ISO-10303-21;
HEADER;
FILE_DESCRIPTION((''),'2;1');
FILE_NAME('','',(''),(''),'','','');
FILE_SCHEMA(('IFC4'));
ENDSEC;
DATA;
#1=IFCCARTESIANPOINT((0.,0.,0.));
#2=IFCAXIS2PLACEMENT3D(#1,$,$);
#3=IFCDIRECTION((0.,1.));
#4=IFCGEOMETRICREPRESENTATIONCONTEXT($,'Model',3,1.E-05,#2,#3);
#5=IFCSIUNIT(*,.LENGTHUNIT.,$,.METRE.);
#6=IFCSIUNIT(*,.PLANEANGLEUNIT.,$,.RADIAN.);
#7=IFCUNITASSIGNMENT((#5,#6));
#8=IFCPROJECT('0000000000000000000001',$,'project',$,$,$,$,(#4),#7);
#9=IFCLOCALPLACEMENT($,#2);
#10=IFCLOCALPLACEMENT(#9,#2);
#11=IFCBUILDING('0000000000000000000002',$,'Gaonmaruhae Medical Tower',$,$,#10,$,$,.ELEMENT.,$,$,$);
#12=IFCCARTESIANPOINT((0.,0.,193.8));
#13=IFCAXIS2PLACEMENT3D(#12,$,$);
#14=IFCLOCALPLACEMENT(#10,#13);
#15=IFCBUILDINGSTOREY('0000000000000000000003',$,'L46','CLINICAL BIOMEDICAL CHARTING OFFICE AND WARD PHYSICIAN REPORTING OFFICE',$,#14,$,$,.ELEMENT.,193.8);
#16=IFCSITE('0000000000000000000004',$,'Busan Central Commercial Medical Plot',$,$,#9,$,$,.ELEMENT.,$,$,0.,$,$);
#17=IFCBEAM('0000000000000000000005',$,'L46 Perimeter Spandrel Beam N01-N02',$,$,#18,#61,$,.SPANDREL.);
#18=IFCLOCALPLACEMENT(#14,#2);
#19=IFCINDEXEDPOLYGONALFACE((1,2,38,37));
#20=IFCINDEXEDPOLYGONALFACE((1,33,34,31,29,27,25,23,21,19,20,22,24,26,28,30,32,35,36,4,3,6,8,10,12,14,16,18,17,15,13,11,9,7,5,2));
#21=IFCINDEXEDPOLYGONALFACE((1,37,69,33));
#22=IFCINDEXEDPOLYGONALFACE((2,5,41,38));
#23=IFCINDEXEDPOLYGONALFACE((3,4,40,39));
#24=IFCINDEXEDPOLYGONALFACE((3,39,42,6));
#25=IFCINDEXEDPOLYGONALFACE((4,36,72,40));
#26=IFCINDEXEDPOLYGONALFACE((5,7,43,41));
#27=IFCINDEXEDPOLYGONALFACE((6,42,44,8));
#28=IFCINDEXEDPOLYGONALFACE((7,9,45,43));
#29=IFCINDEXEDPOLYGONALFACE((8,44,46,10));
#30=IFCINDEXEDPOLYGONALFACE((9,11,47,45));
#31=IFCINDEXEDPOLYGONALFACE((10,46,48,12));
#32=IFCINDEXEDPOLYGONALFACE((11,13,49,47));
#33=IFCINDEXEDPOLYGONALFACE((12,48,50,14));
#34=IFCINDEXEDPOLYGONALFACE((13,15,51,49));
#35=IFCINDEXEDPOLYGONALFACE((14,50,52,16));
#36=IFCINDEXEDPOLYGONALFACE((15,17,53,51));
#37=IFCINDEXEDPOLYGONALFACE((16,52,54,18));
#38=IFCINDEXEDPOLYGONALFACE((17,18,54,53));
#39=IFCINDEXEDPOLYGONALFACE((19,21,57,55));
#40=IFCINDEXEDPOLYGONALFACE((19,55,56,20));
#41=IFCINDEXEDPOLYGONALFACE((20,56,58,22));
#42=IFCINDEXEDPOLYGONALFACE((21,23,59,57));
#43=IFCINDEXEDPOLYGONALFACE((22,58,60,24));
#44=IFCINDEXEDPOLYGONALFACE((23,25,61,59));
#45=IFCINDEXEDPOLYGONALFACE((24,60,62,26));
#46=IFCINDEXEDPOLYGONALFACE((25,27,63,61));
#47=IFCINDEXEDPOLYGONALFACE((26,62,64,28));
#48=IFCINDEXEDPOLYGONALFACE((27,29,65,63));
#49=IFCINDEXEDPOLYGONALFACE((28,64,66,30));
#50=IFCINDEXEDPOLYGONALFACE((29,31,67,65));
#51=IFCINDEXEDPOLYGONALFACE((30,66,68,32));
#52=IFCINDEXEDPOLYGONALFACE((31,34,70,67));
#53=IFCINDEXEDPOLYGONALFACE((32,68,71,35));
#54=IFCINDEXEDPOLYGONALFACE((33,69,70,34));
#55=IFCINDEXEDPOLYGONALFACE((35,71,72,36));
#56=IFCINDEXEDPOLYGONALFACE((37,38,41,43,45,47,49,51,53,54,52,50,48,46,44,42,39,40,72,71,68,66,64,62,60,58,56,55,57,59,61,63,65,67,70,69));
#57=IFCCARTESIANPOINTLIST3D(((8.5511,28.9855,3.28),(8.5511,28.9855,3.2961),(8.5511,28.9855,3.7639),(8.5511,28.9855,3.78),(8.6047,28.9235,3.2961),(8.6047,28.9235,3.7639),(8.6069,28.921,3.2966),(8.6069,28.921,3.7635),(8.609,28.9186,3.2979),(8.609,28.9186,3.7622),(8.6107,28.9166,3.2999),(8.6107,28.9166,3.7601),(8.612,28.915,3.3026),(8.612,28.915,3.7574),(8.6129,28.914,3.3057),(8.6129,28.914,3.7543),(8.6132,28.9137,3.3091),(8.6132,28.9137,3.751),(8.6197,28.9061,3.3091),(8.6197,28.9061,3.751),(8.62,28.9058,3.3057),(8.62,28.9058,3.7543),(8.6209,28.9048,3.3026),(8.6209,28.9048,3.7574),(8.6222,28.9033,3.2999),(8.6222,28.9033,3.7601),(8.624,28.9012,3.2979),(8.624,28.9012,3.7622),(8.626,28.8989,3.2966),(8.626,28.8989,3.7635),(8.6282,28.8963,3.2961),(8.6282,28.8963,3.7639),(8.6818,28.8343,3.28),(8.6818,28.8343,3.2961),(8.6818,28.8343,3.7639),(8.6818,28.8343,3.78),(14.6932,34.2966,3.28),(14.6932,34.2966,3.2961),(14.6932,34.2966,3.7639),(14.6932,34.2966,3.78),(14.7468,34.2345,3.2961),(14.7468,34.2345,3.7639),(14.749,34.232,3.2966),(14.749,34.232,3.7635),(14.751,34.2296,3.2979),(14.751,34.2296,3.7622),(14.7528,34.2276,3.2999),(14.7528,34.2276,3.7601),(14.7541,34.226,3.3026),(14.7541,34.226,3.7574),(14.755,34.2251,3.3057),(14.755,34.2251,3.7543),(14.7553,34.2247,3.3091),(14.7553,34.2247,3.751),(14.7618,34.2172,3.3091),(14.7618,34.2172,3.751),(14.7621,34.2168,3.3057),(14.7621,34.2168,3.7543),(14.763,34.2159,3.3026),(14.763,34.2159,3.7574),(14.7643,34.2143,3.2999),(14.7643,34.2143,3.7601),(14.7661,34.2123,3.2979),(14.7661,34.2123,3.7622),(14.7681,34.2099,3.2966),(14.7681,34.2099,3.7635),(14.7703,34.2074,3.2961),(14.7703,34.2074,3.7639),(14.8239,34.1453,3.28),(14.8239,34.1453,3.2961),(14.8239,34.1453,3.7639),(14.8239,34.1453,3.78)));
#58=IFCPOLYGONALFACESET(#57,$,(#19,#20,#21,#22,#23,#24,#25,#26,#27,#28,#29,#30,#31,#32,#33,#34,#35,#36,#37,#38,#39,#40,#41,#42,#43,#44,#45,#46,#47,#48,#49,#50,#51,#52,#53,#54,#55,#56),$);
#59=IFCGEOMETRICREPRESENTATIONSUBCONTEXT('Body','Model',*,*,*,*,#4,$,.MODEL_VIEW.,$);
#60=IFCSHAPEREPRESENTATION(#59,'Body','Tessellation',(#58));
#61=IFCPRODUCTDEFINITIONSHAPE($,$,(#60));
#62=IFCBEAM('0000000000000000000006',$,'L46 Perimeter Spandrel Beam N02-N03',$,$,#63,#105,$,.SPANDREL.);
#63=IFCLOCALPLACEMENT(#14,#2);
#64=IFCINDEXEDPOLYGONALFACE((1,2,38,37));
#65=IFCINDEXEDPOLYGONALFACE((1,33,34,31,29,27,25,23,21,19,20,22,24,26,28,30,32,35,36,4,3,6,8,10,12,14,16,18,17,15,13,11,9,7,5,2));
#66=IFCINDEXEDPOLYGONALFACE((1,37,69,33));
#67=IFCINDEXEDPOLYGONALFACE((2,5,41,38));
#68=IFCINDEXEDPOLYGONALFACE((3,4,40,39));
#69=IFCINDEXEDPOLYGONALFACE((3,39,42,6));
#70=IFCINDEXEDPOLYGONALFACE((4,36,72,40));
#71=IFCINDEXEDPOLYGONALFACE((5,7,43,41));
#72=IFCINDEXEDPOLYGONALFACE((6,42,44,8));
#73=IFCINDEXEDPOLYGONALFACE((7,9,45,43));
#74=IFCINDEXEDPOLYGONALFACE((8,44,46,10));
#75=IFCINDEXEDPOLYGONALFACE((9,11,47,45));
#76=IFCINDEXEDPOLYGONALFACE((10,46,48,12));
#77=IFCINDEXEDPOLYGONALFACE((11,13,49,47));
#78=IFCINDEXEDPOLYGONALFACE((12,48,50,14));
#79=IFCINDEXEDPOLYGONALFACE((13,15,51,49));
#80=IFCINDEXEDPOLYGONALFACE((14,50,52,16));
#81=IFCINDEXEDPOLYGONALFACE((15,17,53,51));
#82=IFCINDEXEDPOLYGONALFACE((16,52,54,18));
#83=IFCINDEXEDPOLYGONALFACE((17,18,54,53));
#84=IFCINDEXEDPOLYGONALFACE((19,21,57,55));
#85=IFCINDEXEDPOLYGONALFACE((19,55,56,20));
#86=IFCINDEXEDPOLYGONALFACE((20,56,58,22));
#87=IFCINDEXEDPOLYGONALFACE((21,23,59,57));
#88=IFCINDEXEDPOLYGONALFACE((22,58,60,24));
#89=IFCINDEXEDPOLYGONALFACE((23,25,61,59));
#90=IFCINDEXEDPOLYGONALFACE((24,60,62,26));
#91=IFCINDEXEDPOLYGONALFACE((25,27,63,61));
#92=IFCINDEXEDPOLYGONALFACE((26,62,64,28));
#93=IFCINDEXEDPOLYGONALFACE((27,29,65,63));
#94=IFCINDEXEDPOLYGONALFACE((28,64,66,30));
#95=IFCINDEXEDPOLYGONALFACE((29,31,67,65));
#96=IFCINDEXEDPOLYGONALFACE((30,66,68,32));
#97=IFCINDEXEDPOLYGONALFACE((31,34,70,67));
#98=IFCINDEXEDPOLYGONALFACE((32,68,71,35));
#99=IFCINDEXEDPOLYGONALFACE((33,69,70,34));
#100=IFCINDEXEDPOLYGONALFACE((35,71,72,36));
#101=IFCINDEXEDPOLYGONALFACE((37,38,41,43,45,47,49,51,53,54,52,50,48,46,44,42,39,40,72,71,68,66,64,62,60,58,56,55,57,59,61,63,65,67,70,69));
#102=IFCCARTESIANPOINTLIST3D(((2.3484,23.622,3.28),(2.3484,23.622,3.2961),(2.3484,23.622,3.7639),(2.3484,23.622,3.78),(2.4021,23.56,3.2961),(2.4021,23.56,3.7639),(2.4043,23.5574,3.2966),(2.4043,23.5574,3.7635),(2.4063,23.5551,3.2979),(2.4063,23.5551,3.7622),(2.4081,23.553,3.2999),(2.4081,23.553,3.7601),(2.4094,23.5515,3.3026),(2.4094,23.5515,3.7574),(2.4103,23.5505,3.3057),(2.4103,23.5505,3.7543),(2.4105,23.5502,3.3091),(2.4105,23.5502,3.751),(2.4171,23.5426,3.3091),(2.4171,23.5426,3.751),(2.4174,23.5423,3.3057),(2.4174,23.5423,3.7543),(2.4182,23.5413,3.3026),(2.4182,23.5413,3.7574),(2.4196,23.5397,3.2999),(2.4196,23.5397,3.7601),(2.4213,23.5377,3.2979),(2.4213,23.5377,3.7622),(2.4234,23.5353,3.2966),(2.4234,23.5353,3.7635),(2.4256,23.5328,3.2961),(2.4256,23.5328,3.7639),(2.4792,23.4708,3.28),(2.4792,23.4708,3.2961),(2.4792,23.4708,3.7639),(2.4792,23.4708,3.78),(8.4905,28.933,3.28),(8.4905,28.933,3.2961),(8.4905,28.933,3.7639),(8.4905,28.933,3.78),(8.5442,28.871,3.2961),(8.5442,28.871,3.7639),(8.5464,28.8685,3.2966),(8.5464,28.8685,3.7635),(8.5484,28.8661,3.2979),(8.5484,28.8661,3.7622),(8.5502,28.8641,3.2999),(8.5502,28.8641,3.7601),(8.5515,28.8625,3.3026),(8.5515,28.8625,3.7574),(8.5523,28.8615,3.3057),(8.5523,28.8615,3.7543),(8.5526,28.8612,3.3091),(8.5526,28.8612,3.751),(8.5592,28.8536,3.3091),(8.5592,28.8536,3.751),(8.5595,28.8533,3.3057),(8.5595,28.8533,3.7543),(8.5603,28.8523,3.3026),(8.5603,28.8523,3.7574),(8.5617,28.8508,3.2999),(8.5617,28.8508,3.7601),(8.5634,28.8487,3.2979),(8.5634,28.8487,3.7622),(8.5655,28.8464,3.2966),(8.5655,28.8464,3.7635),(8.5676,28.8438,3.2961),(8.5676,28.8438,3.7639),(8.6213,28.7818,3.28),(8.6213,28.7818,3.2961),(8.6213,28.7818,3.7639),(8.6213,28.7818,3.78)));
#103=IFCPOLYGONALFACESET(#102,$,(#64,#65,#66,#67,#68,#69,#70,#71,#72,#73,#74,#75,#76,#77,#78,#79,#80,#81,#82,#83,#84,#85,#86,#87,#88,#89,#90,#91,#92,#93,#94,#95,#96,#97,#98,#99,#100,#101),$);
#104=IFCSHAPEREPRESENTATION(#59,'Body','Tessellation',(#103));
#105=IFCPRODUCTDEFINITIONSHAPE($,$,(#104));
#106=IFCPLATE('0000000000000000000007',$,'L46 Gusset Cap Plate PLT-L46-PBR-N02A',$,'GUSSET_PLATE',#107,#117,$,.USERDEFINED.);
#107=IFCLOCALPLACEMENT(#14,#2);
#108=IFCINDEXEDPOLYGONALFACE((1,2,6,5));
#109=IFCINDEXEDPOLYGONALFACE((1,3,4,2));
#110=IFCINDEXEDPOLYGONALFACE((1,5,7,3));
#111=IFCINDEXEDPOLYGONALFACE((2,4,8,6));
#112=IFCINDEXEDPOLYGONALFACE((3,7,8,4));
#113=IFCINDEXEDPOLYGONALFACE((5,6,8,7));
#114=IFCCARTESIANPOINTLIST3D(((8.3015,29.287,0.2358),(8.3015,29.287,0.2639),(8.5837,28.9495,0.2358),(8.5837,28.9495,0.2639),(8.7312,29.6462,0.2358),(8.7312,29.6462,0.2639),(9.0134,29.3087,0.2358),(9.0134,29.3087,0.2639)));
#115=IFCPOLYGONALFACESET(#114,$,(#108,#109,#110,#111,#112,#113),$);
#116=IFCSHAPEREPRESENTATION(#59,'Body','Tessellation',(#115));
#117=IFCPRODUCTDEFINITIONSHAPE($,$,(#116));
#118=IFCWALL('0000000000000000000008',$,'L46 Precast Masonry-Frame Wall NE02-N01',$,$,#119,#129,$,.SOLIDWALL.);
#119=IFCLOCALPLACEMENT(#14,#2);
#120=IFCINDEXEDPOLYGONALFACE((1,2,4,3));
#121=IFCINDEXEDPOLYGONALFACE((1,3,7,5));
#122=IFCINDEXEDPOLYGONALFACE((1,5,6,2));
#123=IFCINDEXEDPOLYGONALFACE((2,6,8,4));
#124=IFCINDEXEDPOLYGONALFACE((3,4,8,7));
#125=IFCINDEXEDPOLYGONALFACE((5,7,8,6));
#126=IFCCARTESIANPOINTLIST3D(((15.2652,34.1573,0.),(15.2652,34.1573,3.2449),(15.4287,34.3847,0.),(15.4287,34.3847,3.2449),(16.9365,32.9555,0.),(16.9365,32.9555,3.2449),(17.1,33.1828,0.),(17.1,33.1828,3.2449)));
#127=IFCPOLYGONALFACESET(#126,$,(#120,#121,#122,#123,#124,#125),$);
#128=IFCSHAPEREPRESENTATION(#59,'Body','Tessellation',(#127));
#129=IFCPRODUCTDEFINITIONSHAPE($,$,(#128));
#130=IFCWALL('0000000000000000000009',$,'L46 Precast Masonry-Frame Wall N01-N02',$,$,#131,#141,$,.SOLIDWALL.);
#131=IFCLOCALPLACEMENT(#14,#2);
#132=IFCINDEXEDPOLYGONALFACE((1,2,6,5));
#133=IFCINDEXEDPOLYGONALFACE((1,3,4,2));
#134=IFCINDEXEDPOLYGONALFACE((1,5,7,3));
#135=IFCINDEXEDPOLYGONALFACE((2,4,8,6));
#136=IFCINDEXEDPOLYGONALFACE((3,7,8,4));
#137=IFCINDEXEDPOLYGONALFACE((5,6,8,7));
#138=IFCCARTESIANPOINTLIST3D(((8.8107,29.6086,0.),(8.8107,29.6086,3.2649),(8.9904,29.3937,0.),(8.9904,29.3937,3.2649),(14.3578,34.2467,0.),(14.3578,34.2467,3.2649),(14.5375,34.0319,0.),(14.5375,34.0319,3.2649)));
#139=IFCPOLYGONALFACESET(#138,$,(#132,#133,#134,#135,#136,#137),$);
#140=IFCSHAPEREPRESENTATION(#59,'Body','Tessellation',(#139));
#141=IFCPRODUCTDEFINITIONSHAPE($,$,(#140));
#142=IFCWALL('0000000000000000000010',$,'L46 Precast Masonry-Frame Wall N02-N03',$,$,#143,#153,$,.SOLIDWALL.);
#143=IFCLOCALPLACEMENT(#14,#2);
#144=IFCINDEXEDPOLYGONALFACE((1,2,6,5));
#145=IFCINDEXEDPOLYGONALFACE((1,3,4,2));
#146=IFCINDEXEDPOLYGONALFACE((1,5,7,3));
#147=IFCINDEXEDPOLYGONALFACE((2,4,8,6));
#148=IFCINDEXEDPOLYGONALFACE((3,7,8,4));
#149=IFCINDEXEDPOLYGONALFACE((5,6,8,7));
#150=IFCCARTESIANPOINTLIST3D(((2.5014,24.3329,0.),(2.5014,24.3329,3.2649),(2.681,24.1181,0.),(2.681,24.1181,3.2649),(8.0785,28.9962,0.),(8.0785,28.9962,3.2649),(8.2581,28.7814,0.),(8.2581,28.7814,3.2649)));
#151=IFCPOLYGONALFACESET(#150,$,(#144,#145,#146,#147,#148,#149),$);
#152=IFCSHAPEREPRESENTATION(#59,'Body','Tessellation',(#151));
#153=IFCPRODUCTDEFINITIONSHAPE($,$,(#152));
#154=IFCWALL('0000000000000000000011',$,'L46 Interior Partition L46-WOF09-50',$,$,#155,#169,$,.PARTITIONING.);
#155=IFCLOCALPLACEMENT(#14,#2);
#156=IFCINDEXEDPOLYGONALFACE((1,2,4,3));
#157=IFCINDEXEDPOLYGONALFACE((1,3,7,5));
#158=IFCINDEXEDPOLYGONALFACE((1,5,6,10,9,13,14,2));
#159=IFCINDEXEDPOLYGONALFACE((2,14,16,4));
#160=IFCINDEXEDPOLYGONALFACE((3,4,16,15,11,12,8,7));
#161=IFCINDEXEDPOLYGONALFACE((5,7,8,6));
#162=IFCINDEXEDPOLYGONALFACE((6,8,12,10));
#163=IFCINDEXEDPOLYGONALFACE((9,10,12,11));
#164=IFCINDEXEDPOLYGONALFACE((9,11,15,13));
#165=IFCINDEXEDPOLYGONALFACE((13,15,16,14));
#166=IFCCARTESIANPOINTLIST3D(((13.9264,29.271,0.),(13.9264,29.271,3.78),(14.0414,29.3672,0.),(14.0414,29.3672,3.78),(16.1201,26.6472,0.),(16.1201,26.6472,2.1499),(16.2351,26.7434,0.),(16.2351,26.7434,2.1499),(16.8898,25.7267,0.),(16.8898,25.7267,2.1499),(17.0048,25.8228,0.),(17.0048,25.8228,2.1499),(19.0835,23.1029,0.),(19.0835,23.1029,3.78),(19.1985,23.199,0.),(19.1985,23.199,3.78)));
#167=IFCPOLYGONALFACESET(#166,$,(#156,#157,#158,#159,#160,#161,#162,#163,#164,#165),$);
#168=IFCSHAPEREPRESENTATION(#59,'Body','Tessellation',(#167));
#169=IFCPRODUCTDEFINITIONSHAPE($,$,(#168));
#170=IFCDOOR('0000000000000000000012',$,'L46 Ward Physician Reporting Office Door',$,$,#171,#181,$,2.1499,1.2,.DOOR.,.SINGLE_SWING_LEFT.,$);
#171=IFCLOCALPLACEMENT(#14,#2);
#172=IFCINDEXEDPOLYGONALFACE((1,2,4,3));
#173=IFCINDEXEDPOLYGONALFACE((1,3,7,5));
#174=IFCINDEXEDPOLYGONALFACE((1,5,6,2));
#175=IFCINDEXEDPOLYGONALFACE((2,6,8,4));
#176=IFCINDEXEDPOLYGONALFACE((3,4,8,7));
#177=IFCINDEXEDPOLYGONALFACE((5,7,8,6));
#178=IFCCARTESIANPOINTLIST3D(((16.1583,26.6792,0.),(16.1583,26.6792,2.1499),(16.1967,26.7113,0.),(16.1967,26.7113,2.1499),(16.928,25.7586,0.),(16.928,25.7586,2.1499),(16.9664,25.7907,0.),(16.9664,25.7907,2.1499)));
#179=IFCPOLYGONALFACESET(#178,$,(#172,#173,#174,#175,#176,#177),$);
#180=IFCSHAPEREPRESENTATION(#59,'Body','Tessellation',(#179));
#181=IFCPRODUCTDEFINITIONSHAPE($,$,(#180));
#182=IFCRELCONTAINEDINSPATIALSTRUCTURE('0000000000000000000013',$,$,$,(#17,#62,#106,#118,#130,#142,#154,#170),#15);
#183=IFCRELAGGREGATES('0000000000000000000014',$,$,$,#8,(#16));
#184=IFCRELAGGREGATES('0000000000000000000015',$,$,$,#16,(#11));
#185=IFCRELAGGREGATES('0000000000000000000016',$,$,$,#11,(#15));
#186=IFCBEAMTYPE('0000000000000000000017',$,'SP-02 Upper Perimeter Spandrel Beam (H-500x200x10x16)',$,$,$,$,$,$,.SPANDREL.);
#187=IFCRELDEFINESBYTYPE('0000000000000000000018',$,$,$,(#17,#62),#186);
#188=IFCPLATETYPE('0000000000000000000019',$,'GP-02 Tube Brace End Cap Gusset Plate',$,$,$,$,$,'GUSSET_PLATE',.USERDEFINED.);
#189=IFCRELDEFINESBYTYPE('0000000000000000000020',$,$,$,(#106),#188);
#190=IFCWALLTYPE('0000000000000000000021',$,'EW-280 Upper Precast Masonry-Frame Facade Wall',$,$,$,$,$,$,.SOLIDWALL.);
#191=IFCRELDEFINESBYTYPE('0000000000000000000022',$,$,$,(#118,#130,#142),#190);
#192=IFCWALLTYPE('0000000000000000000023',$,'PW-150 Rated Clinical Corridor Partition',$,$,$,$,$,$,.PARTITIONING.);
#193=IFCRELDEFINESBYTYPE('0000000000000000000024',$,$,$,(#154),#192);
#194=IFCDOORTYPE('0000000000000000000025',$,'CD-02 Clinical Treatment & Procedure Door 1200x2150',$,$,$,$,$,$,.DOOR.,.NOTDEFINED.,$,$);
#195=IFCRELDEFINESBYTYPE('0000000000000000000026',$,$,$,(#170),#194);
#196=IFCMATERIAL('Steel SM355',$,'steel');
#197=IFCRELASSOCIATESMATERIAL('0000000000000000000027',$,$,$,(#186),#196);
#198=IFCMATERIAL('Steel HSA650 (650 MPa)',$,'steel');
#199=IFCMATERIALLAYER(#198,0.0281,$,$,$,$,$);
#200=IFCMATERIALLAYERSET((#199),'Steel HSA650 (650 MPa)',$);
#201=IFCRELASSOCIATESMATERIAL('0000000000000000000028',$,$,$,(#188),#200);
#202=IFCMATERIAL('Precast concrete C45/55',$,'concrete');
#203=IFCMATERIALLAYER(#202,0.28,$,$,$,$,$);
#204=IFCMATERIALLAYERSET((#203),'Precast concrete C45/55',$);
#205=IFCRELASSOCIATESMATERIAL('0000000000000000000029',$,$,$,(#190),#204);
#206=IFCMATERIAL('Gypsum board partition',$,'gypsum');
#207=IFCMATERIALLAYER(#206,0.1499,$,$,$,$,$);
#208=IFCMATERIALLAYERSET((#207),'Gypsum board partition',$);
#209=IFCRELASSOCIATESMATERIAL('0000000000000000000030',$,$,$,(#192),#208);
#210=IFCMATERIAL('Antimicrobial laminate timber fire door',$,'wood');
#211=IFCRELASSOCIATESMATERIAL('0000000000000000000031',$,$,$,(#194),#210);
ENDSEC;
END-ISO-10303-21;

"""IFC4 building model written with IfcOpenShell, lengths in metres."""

from ifc_helpers import new_model, si_unit, direction, frame, frame_2d, origin, origin_2d, place, context, subcontext, project, spatial, rectangle, i_section, extrude, material, layer, layer_set, material_profile, profile_set, type_object, element, fill, save


model = new_model("IFC4")

# Units and contexts
model_context = context("Model", 3, precision=1e-05, world=origin(), true_north=direction((0.0, 1.0)))
body_context = subcontext(model_context, "Body", "Model", "MODEL_VIEW")
ifc_project = project(units=[si_unit("LENGTHUNIT", "METRE"), si_unit("PLANEANGLEUNIT", "RADIAN")], contexts=[model_context])

# Site, building, storey
site_placement = place(None, origin())
site = spatial("IfcSite", under=ifc_project, at=site_placement, Name="Busan Central Commercial Medical Plot", CompositionType="ELEMENT", RefElevation=0.0)
building_placement = place(site_placement, origin())
building = spatial("IfcBuilding", under=site, at=building_placement, Name="Gaonmaruhae Medical Tower", CompositionType="ELEMENT")
storey_placement = place(building_placement, frame((0.0, 0.0, 193.8)))
storey = spatial("IfcBuildingStorey", under=building, at=storey_placement, Name="L46", Description="CLINICAL BIOMEDICAL CHARTING OFFICE AND WARD PHYSICIAN REPORTING OFFICE", CompositionType="ELEMENT", Elevation=193.8)

# Shared definitions
ifc_material_1 = material(Name="Steel SM355", Category="steel")

# Beams
ifc_material_profile_1 = material_profile(ifc_material_1, i_section(OverallWidth=0.2, OverallDepth=0.5, WebThickness=0.01, FlangeThickness=0.0161, FilletRadius=0.0129, at=origin_2d()), Name="H-500x200x10x16")
ifc_profile_set_1 = profile_set([ifc_material_profile_1], Name="Steel SM355")
beam_type_1 = type_object("IfcBeamType", Name="SP-02 Upper Perimeter Spandrel Beam (H-500x200x10x16)", PredefinedType="SPANDREL", material=ifc_profile_set_1)
for number, where, z_axis, x_axis, name in (
    (1, (14.7585, 34.2209, 3.53), (-0.756427, -0.654078, 0.0), (0.654078, -0.756427, 0.0), "L46 Perimeter Spandrel Beam N01-N02"),
    (2, (8.5559, 28.8574, 3.53), (-0.756427, -0.654078, 0.0), (0.654078, -0.756427, 0.0), "L46 Perimeter Spandrel Beam N02-N03"),
):
    element("IfcBeam", number, at=place(storey_placement, frame(where, z_axis=z_axis, x_axis=x_axis)), inside=storey, type_object=beam_type_1, Name=name, PredefinedType="SPANDREL", context=body_context, shape_type="SweptSolid", body=[
        extrude(i_section(OverallWidth=0.2, OverallDepth=0.5, WebThickness=0.01, FlangeThickness=0.0161, FilletRadius=0.0129, at=origin_2d()), origin(), (0.0, 0.0, 1.0), 8.1199),
    ])

# Plate
ifc_material_2 = material(Name="Steel HSA650 (650 MPa)", Category="steel")
ifc_layer_1 = layer(ifc_material_2, 0.0281)
ifc_layer_set_1 = layer_set([ifc_layer_1], Name="Steel HSA650 (650 MPa)")
plate_type = type_object("IfcPlateType", Name="GP-02 Tube Brace End Cap Gusset Plate", ElementType="GUSSET_PLATE", PredefinedType="USERDEFINED", material=ifc_layer_set_1)
plate_placement = place(storey_placement, frame((8.6575, 29.2979, 0.2358), z_axis=(0.0, 0.0, 1.0), x_axis=(0.767165, 0.64145, 0.0)))
element("IfcPlate", 3, at=plate_placement, inside=storey, type_object=plate_type, Name="L46 Gusset Cap Plate PLT-L46-PBR-N02A", ObjectType="GUSSET_PLATE", PredefinedType="USERDEFINED", context=body_context, shape_type="SweptSolid", body=[
    extrude(rectangle(XDim=0.5601, YDim=0.4399, at=origin_2d()), origin(), (0.0, 0.0, 1.0), 0.0281),
])

# Walls
ifc_material_3 = material(Name="Precast concrete C45/55", Category="concrete")
ifc_layer_2 = layer(ifc_material_3, 0.28)
ifc_layer_set_2 = layer_set([ifc_layer_2], Name="Precast concrete C45/55")
wall_type_1 = type_object("IfcWallType", Name="EW-280 Upper Precast Masonry-Frame Facade Wall", PredefinedType="SOLIDWALL", material=ifc_layer_set_2)
wall_1_placement = place(storey_placement, frame((15.3469, 34.271, 0.0), z_axis=(0.0, 0.0, 1.0), x_axis=(0.811878, -0.583827, 0.0)))
element("IfcWall", 4, at=wall_1_placement, inside=storey, type_object=wall_type_1, Name="L46 Precast Masonry-Frame Wall NE02-N01", PredefinedType="SOLIDWALL", context=body_context, shape_type="SweptSolid", body=[
    extrude(rectangle(XDim=2.0586, YDim=0.28, at=frame_2d((1.0293, 0.0))), origin(), (0.0, 0.0, 1.0), 3.2449),
])
wall_2_placement = place(storey_placement, frame((8.9006, 29.5012, 0.0), z_axis=(0.0, 0.0, 1.0), x_axis=(0.76716, 0.641455, 0.0)))
element("IfcWall", 5, at=wall_2_placement, inside=storey, type_object=wall_type_1, Name="L46 Precast Masonry-Frame Wall N01-N02", PredefinedType="SOLIDWALL", context=body_context, shape_type="SweptSolid", body=[
    extrude(rectangle(XDim=7.2307, YDim=0.28, at=frame_2d((3.6152, 0.0))), origin(), (0.0, 0.0, 1.0), 3.2649),
])
wall_3_placement = place(storey_placement, frame((2.5913, 24.2256, 0.0), z_axis=(0.0, 0.0, 1.0), x_axis=(0.767158, 0.641459, 0.0)))
element("IfcWall", 6, at=wall_3_placement, inside=storey, type_object=wall_type_1, Name="L46 Precast Masonry-Frame Wall N02-N03", PredefinedType="SOLIDWALL", context=body_context, shape_type="SweptSolid", body=[
    extrude(rectangle(XDim=7.2698, YDim=0.28, at=frame_2d((3.6348, 0.0))), origin(), (0.0, 0.0, 1.0), 3.2649),
])

# Wall, opening, door
ifc_material_4 = material(Name="Gypsum board partition", Category="gypsum")
ifc_layer_3 = layer(ifc_material_4, 0.1499)
ifc_layer_set_3 = layer_set([ifc_layer_3], Name="Gypsum board partition")
wall_type_2 = type_object("IfcWallType", Name="PW-150 Rated Clinical Corridor Partition", PredefinedType="PARTITIONING", material=ifc_layer_set_3)
wall_4_placement = place(storey_placement, frame((13.9839, 29.3191, 0.0), z_axis=(0.0, 0.0, 1.0), x_axis=(0.641435, -0.767177, 0.0)))
wall_4 = element("IfcWall", 7, at=wall_4_placement, inside=storey, type_object=wall_type_2, Name="L46 Interior Partition L46-WOF09-50", PredefinedType="PARTITIONING", context=body_context, shape_type="SweptSolid", body=[
    extrude(rectangle(XDim=8.04, YDim=0.1499, at=frame_2d((4.02, 0.0))), origin(), (0.0, 0.0, 1.0), 3.78),
])
opening_placement = place(wall_4_placement, frame((3.4199, 0.0, 0.0)))
opening = element("IfcOpeningElement", 8, at=opening_placement, cuts=wall_4, PredefinedType="OPENING", context=body_context, shape_type="SweptSolid", body=[
    extrude(rectangle(XDim=1.2, YDim=2.1499, at=frame_2d((0.6001, 1.075))), frame((0.0, 0.085, 0.0), z_axis=(0.0, -1.0, 0.0), x_axis=(1.0, 0.0, 0.0)), (0.0, 0.0, 1.0), 0.1699),
])
ifc_material_5 = material(Name="Antimicrobial laminate timber fire door", Category="wood")
door_type = type_object("IfcDoorType", Name="CD-02 Clinical Treatment & Procedure Door 1200x2150", OperationType="NOTDEFINED", PredefinedType="DOOR", material=ifc_material_5)
door_placement = place(opening_placement, origin())
door = element("IfcDoor", 9, at=door_placement, inside=storey, type_object=door_type, Name="L46 Ward Physician Reporting Office Door", OperationType="SINGLE_SWING_LEFT", OverallHeight=2.1499, OverallWidth=1.2, PredefinedType="DOOR", context=body_context, shape_type="SweptSolid", body=[
    extrude(rectangle(XDim=1.2, YDim=2.1499, at=frame_2d((0.6001, 1.075))), frame((0.0, 0.0249, 0.0), z_axis=(0.0, -1.0, 0.0), x_axis=(1.0, 0.0, 0.0)), (0.0, 0.0, 1.0), 0.05),
])
fill(opening, door)

save(model, "model.ifc")
